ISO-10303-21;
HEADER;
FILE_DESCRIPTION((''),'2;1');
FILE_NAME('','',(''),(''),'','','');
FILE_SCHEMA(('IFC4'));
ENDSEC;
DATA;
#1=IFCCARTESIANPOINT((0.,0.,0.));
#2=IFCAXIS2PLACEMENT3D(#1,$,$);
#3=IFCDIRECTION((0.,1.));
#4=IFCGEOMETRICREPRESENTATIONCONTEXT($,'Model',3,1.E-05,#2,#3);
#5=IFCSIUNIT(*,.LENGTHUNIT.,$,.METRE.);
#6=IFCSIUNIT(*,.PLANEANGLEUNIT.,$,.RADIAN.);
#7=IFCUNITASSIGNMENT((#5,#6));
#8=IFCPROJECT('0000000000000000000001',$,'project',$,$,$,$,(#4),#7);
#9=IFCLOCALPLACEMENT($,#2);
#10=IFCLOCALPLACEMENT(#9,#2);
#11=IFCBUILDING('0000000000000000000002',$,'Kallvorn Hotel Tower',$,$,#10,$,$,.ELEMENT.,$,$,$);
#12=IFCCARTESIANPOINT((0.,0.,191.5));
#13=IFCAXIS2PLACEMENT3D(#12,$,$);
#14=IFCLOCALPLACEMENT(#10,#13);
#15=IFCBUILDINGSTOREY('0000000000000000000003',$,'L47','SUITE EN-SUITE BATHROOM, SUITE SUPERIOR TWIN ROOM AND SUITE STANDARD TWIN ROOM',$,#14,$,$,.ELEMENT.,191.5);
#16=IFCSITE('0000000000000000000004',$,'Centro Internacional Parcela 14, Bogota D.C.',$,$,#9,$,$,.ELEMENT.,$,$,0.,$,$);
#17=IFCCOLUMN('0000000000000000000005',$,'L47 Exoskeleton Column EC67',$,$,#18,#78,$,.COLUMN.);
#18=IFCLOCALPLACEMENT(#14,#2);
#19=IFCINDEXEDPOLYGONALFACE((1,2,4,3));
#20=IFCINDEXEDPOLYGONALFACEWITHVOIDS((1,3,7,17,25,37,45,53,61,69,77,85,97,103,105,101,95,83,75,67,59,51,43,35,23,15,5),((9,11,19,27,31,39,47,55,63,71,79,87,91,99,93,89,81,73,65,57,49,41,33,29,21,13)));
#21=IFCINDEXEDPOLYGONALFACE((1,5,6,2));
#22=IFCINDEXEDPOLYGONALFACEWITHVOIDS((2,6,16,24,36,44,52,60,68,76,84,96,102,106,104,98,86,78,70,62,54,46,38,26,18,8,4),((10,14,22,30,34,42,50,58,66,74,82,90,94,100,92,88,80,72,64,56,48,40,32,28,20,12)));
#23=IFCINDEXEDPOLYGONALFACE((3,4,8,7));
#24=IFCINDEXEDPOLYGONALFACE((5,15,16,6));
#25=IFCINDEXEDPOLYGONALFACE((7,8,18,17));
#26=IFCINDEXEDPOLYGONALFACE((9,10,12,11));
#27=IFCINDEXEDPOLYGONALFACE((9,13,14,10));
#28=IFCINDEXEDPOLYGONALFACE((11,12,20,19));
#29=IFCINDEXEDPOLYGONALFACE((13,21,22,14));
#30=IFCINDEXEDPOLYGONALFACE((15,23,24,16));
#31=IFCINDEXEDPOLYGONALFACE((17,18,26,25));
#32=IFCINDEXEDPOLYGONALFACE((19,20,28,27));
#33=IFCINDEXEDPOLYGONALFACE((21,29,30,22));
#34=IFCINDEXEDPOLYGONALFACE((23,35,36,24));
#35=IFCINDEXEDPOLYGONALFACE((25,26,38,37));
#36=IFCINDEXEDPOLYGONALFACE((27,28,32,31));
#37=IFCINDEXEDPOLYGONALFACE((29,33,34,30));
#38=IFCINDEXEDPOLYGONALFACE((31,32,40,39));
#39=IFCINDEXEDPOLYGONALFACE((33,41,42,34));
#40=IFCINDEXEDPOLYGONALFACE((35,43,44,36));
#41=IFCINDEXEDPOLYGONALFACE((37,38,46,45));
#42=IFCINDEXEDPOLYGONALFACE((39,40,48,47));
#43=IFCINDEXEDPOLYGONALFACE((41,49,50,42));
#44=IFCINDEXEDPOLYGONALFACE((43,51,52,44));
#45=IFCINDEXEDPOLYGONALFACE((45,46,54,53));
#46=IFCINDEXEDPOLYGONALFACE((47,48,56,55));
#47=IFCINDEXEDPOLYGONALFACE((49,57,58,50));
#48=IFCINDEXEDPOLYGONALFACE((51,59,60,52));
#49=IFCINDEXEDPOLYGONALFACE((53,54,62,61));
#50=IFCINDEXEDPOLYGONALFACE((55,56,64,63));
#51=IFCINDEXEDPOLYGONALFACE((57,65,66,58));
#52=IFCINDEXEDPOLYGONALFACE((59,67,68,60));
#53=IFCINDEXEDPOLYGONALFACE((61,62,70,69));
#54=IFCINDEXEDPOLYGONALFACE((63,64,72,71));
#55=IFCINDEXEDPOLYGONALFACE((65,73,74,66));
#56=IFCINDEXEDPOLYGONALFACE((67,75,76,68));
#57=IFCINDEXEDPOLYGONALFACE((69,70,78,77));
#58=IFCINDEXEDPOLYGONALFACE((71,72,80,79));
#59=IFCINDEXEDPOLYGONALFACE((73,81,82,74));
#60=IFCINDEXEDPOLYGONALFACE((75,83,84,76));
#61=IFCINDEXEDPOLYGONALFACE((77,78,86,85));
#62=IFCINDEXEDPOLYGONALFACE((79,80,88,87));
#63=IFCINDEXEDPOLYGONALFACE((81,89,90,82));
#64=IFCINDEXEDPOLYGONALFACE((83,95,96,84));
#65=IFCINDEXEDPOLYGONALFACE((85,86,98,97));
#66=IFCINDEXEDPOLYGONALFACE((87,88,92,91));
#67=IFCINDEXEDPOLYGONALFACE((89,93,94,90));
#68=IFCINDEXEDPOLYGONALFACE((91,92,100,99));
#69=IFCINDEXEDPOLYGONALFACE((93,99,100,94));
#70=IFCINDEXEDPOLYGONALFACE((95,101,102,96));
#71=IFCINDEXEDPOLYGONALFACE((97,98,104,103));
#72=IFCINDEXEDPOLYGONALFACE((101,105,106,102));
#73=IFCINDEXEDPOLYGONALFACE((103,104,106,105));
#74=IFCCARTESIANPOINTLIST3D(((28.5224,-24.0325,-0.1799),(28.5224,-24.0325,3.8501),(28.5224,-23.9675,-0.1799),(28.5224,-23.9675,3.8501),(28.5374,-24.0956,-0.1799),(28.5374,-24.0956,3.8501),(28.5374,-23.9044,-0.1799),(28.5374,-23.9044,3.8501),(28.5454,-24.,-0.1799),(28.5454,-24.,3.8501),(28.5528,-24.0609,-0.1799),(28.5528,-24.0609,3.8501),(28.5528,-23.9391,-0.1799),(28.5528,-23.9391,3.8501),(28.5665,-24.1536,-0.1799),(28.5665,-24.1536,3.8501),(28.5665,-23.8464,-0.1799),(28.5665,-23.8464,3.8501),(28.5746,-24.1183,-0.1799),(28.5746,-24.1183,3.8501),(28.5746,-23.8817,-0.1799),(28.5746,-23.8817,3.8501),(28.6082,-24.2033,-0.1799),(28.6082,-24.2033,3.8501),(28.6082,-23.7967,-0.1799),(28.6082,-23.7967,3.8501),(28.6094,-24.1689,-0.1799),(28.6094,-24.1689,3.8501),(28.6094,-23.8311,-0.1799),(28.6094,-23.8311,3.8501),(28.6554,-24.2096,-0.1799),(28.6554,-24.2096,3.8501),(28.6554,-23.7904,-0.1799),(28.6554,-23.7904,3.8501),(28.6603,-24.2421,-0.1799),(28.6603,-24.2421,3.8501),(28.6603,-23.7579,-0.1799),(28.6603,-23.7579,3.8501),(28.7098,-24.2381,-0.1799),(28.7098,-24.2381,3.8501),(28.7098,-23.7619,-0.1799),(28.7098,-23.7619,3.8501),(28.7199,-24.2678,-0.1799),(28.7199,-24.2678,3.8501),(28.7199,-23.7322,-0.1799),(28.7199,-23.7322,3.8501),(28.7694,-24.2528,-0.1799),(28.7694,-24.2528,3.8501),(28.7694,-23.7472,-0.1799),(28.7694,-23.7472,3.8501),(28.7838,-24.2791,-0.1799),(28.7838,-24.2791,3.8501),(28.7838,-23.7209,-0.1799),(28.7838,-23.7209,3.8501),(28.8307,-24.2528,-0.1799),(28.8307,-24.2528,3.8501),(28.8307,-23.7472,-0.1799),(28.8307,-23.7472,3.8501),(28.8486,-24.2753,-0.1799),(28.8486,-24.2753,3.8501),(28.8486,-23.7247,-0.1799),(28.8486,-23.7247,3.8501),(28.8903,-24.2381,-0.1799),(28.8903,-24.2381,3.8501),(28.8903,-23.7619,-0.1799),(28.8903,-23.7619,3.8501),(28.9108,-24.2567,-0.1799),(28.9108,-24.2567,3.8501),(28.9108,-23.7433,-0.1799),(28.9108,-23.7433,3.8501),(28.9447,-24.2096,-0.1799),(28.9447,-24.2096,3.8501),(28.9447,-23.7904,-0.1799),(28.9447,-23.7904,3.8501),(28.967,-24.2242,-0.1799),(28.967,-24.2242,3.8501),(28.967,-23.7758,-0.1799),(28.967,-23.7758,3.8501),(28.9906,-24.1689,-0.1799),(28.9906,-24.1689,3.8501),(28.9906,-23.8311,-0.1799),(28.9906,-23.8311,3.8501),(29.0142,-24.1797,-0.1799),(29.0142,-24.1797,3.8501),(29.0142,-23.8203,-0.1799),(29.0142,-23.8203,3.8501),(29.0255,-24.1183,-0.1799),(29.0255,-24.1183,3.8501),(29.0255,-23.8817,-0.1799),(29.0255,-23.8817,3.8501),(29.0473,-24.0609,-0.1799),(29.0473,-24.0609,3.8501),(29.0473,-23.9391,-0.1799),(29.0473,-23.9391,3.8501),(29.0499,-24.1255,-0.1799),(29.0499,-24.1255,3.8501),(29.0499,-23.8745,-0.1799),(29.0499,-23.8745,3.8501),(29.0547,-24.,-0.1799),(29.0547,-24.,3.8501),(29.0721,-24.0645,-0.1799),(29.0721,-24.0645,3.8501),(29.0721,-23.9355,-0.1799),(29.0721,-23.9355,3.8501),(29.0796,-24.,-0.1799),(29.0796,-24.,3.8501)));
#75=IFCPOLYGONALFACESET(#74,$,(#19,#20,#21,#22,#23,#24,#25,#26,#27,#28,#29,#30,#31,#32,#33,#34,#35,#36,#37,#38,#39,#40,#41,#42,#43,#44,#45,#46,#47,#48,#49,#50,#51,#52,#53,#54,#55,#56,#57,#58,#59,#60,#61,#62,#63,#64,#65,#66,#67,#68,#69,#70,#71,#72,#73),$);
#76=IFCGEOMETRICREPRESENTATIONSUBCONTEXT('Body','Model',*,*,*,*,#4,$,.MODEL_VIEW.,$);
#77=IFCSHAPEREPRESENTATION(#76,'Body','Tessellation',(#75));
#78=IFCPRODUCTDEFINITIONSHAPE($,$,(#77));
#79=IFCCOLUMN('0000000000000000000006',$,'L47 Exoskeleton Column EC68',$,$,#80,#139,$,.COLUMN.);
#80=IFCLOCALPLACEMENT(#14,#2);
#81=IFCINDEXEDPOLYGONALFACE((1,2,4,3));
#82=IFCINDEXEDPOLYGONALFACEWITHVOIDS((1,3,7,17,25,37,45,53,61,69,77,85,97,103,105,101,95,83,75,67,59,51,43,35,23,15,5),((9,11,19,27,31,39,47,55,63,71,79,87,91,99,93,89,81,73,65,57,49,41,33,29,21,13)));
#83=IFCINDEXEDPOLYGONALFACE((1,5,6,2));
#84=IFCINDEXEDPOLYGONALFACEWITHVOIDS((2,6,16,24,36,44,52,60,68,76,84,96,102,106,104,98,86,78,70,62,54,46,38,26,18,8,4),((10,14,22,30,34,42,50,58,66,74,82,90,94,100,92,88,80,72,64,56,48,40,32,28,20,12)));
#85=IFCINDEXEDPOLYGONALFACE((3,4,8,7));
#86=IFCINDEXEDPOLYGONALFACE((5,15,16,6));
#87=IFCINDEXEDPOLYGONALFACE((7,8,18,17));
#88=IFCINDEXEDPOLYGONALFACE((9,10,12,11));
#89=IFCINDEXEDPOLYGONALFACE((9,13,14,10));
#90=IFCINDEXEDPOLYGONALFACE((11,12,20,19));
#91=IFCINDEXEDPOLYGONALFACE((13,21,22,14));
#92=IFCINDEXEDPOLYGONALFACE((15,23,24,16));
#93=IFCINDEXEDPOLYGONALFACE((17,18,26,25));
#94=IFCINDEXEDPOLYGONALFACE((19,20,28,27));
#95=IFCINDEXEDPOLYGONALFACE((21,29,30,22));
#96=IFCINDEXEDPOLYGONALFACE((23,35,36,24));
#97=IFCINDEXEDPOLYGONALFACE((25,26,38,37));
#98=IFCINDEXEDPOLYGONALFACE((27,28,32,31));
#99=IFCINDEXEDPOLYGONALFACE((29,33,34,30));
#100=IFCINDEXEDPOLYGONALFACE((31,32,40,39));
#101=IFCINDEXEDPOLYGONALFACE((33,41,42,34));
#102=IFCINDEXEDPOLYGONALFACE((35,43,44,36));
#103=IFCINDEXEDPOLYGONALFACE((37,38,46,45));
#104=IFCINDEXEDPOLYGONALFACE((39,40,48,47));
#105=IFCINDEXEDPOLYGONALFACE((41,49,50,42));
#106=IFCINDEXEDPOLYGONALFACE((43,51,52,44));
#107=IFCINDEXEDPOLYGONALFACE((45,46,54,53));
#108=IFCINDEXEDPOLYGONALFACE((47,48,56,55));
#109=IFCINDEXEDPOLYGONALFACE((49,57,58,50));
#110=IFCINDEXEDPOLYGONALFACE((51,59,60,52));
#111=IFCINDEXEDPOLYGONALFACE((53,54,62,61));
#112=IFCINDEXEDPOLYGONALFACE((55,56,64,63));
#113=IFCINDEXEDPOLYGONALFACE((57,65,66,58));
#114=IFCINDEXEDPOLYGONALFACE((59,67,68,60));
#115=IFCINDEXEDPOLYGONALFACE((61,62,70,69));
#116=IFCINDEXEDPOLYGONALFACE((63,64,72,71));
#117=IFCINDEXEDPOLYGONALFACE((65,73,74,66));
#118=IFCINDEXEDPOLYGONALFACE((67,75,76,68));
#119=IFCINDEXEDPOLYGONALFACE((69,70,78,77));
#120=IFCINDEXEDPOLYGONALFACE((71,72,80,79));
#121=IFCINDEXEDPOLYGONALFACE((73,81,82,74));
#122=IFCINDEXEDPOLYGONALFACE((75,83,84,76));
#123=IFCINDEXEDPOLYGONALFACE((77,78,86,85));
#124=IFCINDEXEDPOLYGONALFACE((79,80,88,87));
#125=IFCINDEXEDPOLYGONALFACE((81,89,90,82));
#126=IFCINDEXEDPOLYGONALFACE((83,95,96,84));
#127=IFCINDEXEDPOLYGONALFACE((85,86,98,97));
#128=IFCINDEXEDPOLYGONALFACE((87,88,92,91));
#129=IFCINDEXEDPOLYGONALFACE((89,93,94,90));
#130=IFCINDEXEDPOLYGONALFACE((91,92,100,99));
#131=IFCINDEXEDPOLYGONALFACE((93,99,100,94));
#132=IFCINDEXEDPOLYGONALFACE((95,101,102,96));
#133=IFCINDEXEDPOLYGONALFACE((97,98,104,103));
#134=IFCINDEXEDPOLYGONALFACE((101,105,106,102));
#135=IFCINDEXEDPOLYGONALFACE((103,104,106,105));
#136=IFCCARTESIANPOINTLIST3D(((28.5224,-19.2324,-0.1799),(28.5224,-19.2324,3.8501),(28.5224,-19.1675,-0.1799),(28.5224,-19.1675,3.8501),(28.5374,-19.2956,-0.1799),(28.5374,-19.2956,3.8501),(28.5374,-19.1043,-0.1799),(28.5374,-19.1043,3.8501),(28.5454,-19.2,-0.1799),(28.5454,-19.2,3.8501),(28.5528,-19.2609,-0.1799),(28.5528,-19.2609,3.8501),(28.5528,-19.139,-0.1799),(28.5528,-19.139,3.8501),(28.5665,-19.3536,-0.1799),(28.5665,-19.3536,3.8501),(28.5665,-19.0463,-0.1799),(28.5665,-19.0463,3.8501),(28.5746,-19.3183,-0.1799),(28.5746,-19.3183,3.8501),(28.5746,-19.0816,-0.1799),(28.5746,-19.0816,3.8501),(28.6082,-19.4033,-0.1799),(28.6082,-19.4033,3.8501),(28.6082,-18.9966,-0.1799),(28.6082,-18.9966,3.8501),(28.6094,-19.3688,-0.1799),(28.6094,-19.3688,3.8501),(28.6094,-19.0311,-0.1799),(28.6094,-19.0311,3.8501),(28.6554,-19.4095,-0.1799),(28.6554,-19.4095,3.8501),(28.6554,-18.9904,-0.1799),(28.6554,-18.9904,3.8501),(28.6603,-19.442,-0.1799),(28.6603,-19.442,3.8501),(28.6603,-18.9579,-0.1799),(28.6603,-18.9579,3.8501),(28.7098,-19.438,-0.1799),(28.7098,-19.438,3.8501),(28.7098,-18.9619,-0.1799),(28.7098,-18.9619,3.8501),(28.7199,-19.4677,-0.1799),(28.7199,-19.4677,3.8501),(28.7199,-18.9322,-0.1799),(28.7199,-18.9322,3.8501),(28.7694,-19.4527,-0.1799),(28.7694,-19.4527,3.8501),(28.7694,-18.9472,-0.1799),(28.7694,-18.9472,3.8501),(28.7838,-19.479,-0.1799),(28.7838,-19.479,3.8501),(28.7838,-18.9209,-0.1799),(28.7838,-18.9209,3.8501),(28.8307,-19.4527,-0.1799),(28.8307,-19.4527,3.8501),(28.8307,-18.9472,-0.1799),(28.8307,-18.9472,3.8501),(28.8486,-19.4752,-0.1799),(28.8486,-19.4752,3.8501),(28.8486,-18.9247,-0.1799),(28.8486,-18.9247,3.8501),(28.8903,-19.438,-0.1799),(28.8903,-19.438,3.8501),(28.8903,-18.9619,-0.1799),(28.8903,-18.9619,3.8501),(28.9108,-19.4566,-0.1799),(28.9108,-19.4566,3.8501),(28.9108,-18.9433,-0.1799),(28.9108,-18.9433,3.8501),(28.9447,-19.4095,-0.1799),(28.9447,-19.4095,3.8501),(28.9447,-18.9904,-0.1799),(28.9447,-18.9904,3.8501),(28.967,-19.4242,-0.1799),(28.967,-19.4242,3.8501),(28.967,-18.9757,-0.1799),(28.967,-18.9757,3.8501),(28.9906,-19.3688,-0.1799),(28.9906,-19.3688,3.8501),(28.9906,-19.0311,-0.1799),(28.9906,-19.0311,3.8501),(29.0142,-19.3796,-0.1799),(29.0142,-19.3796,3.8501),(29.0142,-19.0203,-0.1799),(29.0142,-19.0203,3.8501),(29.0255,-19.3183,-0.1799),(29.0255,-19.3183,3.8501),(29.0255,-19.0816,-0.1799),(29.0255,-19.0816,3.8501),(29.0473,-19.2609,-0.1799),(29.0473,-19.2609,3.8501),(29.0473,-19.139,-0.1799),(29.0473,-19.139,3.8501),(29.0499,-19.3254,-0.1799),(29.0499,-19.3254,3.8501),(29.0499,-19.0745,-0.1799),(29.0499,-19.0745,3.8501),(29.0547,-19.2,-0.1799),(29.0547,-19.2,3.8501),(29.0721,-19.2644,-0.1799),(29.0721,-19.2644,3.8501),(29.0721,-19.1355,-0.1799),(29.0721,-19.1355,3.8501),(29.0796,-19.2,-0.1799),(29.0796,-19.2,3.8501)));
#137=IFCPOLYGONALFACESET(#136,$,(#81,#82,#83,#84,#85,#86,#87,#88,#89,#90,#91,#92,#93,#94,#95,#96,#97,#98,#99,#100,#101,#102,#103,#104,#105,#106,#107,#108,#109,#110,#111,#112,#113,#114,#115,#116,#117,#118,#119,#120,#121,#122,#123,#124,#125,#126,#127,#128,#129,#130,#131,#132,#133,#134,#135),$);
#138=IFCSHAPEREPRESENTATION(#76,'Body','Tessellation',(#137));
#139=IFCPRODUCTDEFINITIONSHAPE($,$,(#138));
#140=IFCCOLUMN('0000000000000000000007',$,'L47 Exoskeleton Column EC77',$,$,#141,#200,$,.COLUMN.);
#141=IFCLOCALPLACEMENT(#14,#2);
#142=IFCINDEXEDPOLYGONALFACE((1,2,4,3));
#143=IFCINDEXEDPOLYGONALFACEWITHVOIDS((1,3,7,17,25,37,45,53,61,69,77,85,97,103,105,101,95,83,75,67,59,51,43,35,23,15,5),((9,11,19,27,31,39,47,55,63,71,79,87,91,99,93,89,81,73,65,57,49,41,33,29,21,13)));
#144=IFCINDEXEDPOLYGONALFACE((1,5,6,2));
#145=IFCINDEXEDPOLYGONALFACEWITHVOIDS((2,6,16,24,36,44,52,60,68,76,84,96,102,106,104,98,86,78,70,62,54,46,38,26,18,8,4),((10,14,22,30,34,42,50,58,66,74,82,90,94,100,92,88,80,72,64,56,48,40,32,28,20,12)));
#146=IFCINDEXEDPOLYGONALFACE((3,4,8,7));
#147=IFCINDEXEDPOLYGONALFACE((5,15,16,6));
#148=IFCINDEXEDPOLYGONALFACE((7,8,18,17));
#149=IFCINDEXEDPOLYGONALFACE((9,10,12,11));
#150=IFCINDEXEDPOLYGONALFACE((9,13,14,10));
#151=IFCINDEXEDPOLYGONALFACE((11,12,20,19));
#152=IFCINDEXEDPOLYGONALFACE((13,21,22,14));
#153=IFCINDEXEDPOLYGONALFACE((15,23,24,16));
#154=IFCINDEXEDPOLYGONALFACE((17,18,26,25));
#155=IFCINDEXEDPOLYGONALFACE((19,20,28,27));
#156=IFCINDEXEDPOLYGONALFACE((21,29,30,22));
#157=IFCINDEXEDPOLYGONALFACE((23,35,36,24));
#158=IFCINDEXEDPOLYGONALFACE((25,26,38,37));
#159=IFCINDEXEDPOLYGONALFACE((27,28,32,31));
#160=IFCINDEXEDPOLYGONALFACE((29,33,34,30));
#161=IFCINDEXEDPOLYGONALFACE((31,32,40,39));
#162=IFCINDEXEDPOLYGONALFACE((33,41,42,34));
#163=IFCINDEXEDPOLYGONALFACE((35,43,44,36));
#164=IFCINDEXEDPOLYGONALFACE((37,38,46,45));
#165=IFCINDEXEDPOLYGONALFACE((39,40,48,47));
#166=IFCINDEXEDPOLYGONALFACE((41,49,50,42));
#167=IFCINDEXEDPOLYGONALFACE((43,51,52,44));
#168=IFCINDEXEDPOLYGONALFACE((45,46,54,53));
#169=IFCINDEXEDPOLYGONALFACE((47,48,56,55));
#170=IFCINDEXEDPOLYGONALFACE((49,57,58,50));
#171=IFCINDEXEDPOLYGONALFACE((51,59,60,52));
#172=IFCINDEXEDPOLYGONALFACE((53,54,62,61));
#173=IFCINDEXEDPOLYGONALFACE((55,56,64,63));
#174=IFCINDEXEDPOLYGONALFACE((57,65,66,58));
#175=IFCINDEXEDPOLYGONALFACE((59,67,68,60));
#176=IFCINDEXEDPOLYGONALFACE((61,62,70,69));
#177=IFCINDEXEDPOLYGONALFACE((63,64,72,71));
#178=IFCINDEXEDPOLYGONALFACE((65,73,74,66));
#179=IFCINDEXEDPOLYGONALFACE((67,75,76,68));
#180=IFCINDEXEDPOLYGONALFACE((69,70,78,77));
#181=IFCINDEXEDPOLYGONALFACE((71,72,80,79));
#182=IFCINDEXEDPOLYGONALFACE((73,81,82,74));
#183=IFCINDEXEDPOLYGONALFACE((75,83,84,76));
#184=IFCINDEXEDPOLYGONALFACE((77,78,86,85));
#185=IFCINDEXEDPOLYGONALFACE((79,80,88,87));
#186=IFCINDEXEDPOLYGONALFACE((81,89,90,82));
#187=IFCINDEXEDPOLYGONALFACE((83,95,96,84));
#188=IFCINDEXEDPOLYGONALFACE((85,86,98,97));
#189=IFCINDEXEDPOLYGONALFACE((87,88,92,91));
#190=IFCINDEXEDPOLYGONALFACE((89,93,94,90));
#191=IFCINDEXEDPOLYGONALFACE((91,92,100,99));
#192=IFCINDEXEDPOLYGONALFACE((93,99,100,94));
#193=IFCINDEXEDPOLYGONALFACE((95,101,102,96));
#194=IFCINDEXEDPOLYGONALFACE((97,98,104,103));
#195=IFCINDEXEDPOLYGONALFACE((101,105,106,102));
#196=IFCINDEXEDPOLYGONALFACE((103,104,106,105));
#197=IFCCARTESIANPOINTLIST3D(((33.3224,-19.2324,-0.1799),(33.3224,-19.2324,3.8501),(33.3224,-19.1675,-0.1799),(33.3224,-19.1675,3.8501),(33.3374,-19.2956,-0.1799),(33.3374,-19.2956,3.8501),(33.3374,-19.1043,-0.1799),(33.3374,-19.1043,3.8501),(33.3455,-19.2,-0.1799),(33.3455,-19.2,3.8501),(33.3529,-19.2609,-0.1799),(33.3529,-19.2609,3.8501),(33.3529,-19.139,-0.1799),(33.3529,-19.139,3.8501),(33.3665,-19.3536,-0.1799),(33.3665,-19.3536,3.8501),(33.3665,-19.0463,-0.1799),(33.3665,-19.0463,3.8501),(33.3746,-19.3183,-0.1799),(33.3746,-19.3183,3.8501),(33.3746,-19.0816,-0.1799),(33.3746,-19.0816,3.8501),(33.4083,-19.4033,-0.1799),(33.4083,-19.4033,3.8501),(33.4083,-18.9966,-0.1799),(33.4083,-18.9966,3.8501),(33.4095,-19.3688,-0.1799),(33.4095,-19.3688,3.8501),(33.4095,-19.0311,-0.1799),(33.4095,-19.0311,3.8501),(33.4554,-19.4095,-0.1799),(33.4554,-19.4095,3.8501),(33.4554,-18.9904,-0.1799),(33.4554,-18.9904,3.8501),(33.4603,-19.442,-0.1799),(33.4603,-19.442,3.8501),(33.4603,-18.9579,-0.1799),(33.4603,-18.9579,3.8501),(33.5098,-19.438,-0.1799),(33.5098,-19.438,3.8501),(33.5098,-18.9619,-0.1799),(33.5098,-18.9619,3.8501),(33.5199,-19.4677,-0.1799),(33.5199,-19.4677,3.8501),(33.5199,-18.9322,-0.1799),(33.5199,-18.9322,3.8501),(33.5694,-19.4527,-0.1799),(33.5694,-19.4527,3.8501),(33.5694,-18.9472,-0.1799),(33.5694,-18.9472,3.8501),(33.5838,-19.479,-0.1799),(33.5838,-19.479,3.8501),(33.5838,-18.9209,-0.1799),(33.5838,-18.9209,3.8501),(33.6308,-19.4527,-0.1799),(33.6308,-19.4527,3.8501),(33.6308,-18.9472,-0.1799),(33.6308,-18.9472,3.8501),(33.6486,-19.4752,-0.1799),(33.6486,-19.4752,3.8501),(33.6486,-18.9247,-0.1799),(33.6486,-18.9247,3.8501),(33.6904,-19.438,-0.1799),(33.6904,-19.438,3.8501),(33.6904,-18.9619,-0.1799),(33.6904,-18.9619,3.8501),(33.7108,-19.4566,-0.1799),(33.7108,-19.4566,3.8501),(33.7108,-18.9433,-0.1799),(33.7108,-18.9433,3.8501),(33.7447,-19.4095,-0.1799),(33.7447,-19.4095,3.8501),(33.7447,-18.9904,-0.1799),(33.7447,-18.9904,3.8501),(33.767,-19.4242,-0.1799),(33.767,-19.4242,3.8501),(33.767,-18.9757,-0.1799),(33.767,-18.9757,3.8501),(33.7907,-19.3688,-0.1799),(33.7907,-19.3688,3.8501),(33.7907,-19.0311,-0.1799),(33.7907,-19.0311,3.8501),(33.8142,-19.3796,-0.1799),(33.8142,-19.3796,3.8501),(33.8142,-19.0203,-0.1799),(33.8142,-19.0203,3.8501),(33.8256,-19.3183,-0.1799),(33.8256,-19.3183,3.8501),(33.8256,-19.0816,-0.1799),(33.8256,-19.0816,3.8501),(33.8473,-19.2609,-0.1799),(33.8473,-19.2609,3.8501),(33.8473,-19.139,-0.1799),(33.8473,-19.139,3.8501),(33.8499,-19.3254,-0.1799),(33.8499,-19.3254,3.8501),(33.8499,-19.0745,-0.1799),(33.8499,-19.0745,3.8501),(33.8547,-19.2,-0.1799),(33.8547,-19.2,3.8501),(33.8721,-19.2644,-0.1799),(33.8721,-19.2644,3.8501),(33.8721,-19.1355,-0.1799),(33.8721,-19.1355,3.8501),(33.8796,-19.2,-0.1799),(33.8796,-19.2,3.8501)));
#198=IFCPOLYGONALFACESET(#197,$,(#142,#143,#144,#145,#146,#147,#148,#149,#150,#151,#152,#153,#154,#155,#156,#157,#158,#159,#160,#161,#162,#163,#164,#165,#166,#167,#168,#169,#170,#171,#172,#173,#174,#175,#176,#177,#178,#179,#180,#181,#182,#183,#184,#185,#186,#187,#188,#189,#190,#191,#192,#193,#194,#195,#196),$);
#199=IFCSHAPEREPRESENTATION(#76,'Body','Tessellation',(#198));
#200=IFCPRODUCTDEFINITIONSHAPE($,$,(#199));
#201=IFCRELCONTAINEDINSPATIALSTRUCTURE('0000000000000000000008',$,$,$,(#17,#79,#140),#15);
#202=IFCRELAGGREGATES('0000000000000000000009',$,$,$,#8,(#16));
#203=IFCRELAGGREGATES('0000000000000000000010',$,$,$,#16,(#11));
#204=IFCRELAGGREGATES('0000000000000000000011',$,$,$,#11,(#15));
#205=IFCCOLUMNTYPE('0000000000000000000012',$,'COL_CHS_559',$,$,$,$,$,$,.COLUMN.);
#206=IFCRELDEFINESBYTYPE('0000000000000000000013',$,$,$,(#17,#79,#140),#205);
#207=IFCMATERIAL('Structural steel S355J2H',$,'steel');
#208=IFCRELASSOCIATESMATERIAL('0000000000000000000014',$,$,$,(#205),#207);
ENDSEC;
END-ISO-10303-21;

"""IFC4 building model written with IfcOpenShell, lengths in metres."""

from ifc_helpers import new_model, si_unit, direction, frame, origin, origin_2d, place, context, subcontext, project, spatial, hollow_circle, extrude, material, material_profile, profile_set, type_object, element, save


model = new_model("IFC4")

# Units and contexts
model_context = context("Model", 3, precision=1e-05, world=origin(), true_north=direction((0.0, 1.0)))
body_context = subcontext(model_context, "Body", "Model", "MODEL_VIEW")
ifc_project = project(units=[si_unit("LENGTHUNIT", "METRE"), si_unit("PLANEANGLEUNIT", "RADIAN")], contexts=[model_context])

# Site, building, storey
site_placement = place(None, origin())
site = spatial("IfcSite", under=ifc_project, at=site_placement, Name="Centro Internacional Parcela 14, Bogota D.C.", CompositionType="ELEMENT", RefElevation=0.0)
building_placement = place(site_placement, origin())
building = spatial("IfcBuilding", under=site, at=building_placement, Name="Kallvorn Hotel Tower", CompositionType="ELEMENT")
storey_placement = place(building_placement, frame((0.0, 0.0, 191.5)))
storey = spatial("IfcBuildingStorey", under=building, at=storey_placement, Name="L47", Description="SUITE EN-SUITE BATHROOM, SUITE SUPERIOR TWIN ROOM AND SUITE STANDARD TWIN ROOM", CompositionType="ELEMENT", Elevation=191.5)

# Columns
ifc_material_1 = material(Name="Structural steel S355J2H", Category="steel")
ifc_material_profile_1 = material_profile(ifc_material_1, hollow_circle(Radius=0.2795, WallThickness=0.0249, at=origin_2d()), Name="CHS 559x25")
ifc_profile_set_1 = profile_set([ifc_material_profile_1], Name="Structural steel S355J2H")
column_type = type_object("IfcColumnType", Name="COL_CHS_559", PredefinedType="COLUMN", material=ifc_profile_set_1)
for number, where, z_axis, x_axis, name in (
    (1, (28.8, -24.0, -0.1799), (0.0, 0.0, 1.0), (1.0, 0.0, 0.0), "L47 Exoskeleton Column EC67"),
    (2, (28.8, -19.2, -0.1799), (0.0, 0.0, 1.0), (1.0, 0.0, 0.0), "L47 Exoskeleton Column EC68"),
    (3, (33.6001, -19.2, -0.1799), (0.0, 0.0, 1.0), (1.0, 0.0, 0.0), "L47 Exoskeleton Column EC77"),
):
    element("IfcColumn", number, at=place(storey_placement, frame(where, z_axis=z_axis, x_axis=x_axis)), inside=storey, type_object=column_type, Name=name, PredefinedType="COLUMN", context=body_context, shape_type="SweptSolid", body=[
        extrude(hollow_circle(Radius=0.2795, WallThickness=0.0249, at=origin_2d()), origin(), (0.0, 0.0, 1.0), 4.03),
    ])

save(model, "model.ifc")
